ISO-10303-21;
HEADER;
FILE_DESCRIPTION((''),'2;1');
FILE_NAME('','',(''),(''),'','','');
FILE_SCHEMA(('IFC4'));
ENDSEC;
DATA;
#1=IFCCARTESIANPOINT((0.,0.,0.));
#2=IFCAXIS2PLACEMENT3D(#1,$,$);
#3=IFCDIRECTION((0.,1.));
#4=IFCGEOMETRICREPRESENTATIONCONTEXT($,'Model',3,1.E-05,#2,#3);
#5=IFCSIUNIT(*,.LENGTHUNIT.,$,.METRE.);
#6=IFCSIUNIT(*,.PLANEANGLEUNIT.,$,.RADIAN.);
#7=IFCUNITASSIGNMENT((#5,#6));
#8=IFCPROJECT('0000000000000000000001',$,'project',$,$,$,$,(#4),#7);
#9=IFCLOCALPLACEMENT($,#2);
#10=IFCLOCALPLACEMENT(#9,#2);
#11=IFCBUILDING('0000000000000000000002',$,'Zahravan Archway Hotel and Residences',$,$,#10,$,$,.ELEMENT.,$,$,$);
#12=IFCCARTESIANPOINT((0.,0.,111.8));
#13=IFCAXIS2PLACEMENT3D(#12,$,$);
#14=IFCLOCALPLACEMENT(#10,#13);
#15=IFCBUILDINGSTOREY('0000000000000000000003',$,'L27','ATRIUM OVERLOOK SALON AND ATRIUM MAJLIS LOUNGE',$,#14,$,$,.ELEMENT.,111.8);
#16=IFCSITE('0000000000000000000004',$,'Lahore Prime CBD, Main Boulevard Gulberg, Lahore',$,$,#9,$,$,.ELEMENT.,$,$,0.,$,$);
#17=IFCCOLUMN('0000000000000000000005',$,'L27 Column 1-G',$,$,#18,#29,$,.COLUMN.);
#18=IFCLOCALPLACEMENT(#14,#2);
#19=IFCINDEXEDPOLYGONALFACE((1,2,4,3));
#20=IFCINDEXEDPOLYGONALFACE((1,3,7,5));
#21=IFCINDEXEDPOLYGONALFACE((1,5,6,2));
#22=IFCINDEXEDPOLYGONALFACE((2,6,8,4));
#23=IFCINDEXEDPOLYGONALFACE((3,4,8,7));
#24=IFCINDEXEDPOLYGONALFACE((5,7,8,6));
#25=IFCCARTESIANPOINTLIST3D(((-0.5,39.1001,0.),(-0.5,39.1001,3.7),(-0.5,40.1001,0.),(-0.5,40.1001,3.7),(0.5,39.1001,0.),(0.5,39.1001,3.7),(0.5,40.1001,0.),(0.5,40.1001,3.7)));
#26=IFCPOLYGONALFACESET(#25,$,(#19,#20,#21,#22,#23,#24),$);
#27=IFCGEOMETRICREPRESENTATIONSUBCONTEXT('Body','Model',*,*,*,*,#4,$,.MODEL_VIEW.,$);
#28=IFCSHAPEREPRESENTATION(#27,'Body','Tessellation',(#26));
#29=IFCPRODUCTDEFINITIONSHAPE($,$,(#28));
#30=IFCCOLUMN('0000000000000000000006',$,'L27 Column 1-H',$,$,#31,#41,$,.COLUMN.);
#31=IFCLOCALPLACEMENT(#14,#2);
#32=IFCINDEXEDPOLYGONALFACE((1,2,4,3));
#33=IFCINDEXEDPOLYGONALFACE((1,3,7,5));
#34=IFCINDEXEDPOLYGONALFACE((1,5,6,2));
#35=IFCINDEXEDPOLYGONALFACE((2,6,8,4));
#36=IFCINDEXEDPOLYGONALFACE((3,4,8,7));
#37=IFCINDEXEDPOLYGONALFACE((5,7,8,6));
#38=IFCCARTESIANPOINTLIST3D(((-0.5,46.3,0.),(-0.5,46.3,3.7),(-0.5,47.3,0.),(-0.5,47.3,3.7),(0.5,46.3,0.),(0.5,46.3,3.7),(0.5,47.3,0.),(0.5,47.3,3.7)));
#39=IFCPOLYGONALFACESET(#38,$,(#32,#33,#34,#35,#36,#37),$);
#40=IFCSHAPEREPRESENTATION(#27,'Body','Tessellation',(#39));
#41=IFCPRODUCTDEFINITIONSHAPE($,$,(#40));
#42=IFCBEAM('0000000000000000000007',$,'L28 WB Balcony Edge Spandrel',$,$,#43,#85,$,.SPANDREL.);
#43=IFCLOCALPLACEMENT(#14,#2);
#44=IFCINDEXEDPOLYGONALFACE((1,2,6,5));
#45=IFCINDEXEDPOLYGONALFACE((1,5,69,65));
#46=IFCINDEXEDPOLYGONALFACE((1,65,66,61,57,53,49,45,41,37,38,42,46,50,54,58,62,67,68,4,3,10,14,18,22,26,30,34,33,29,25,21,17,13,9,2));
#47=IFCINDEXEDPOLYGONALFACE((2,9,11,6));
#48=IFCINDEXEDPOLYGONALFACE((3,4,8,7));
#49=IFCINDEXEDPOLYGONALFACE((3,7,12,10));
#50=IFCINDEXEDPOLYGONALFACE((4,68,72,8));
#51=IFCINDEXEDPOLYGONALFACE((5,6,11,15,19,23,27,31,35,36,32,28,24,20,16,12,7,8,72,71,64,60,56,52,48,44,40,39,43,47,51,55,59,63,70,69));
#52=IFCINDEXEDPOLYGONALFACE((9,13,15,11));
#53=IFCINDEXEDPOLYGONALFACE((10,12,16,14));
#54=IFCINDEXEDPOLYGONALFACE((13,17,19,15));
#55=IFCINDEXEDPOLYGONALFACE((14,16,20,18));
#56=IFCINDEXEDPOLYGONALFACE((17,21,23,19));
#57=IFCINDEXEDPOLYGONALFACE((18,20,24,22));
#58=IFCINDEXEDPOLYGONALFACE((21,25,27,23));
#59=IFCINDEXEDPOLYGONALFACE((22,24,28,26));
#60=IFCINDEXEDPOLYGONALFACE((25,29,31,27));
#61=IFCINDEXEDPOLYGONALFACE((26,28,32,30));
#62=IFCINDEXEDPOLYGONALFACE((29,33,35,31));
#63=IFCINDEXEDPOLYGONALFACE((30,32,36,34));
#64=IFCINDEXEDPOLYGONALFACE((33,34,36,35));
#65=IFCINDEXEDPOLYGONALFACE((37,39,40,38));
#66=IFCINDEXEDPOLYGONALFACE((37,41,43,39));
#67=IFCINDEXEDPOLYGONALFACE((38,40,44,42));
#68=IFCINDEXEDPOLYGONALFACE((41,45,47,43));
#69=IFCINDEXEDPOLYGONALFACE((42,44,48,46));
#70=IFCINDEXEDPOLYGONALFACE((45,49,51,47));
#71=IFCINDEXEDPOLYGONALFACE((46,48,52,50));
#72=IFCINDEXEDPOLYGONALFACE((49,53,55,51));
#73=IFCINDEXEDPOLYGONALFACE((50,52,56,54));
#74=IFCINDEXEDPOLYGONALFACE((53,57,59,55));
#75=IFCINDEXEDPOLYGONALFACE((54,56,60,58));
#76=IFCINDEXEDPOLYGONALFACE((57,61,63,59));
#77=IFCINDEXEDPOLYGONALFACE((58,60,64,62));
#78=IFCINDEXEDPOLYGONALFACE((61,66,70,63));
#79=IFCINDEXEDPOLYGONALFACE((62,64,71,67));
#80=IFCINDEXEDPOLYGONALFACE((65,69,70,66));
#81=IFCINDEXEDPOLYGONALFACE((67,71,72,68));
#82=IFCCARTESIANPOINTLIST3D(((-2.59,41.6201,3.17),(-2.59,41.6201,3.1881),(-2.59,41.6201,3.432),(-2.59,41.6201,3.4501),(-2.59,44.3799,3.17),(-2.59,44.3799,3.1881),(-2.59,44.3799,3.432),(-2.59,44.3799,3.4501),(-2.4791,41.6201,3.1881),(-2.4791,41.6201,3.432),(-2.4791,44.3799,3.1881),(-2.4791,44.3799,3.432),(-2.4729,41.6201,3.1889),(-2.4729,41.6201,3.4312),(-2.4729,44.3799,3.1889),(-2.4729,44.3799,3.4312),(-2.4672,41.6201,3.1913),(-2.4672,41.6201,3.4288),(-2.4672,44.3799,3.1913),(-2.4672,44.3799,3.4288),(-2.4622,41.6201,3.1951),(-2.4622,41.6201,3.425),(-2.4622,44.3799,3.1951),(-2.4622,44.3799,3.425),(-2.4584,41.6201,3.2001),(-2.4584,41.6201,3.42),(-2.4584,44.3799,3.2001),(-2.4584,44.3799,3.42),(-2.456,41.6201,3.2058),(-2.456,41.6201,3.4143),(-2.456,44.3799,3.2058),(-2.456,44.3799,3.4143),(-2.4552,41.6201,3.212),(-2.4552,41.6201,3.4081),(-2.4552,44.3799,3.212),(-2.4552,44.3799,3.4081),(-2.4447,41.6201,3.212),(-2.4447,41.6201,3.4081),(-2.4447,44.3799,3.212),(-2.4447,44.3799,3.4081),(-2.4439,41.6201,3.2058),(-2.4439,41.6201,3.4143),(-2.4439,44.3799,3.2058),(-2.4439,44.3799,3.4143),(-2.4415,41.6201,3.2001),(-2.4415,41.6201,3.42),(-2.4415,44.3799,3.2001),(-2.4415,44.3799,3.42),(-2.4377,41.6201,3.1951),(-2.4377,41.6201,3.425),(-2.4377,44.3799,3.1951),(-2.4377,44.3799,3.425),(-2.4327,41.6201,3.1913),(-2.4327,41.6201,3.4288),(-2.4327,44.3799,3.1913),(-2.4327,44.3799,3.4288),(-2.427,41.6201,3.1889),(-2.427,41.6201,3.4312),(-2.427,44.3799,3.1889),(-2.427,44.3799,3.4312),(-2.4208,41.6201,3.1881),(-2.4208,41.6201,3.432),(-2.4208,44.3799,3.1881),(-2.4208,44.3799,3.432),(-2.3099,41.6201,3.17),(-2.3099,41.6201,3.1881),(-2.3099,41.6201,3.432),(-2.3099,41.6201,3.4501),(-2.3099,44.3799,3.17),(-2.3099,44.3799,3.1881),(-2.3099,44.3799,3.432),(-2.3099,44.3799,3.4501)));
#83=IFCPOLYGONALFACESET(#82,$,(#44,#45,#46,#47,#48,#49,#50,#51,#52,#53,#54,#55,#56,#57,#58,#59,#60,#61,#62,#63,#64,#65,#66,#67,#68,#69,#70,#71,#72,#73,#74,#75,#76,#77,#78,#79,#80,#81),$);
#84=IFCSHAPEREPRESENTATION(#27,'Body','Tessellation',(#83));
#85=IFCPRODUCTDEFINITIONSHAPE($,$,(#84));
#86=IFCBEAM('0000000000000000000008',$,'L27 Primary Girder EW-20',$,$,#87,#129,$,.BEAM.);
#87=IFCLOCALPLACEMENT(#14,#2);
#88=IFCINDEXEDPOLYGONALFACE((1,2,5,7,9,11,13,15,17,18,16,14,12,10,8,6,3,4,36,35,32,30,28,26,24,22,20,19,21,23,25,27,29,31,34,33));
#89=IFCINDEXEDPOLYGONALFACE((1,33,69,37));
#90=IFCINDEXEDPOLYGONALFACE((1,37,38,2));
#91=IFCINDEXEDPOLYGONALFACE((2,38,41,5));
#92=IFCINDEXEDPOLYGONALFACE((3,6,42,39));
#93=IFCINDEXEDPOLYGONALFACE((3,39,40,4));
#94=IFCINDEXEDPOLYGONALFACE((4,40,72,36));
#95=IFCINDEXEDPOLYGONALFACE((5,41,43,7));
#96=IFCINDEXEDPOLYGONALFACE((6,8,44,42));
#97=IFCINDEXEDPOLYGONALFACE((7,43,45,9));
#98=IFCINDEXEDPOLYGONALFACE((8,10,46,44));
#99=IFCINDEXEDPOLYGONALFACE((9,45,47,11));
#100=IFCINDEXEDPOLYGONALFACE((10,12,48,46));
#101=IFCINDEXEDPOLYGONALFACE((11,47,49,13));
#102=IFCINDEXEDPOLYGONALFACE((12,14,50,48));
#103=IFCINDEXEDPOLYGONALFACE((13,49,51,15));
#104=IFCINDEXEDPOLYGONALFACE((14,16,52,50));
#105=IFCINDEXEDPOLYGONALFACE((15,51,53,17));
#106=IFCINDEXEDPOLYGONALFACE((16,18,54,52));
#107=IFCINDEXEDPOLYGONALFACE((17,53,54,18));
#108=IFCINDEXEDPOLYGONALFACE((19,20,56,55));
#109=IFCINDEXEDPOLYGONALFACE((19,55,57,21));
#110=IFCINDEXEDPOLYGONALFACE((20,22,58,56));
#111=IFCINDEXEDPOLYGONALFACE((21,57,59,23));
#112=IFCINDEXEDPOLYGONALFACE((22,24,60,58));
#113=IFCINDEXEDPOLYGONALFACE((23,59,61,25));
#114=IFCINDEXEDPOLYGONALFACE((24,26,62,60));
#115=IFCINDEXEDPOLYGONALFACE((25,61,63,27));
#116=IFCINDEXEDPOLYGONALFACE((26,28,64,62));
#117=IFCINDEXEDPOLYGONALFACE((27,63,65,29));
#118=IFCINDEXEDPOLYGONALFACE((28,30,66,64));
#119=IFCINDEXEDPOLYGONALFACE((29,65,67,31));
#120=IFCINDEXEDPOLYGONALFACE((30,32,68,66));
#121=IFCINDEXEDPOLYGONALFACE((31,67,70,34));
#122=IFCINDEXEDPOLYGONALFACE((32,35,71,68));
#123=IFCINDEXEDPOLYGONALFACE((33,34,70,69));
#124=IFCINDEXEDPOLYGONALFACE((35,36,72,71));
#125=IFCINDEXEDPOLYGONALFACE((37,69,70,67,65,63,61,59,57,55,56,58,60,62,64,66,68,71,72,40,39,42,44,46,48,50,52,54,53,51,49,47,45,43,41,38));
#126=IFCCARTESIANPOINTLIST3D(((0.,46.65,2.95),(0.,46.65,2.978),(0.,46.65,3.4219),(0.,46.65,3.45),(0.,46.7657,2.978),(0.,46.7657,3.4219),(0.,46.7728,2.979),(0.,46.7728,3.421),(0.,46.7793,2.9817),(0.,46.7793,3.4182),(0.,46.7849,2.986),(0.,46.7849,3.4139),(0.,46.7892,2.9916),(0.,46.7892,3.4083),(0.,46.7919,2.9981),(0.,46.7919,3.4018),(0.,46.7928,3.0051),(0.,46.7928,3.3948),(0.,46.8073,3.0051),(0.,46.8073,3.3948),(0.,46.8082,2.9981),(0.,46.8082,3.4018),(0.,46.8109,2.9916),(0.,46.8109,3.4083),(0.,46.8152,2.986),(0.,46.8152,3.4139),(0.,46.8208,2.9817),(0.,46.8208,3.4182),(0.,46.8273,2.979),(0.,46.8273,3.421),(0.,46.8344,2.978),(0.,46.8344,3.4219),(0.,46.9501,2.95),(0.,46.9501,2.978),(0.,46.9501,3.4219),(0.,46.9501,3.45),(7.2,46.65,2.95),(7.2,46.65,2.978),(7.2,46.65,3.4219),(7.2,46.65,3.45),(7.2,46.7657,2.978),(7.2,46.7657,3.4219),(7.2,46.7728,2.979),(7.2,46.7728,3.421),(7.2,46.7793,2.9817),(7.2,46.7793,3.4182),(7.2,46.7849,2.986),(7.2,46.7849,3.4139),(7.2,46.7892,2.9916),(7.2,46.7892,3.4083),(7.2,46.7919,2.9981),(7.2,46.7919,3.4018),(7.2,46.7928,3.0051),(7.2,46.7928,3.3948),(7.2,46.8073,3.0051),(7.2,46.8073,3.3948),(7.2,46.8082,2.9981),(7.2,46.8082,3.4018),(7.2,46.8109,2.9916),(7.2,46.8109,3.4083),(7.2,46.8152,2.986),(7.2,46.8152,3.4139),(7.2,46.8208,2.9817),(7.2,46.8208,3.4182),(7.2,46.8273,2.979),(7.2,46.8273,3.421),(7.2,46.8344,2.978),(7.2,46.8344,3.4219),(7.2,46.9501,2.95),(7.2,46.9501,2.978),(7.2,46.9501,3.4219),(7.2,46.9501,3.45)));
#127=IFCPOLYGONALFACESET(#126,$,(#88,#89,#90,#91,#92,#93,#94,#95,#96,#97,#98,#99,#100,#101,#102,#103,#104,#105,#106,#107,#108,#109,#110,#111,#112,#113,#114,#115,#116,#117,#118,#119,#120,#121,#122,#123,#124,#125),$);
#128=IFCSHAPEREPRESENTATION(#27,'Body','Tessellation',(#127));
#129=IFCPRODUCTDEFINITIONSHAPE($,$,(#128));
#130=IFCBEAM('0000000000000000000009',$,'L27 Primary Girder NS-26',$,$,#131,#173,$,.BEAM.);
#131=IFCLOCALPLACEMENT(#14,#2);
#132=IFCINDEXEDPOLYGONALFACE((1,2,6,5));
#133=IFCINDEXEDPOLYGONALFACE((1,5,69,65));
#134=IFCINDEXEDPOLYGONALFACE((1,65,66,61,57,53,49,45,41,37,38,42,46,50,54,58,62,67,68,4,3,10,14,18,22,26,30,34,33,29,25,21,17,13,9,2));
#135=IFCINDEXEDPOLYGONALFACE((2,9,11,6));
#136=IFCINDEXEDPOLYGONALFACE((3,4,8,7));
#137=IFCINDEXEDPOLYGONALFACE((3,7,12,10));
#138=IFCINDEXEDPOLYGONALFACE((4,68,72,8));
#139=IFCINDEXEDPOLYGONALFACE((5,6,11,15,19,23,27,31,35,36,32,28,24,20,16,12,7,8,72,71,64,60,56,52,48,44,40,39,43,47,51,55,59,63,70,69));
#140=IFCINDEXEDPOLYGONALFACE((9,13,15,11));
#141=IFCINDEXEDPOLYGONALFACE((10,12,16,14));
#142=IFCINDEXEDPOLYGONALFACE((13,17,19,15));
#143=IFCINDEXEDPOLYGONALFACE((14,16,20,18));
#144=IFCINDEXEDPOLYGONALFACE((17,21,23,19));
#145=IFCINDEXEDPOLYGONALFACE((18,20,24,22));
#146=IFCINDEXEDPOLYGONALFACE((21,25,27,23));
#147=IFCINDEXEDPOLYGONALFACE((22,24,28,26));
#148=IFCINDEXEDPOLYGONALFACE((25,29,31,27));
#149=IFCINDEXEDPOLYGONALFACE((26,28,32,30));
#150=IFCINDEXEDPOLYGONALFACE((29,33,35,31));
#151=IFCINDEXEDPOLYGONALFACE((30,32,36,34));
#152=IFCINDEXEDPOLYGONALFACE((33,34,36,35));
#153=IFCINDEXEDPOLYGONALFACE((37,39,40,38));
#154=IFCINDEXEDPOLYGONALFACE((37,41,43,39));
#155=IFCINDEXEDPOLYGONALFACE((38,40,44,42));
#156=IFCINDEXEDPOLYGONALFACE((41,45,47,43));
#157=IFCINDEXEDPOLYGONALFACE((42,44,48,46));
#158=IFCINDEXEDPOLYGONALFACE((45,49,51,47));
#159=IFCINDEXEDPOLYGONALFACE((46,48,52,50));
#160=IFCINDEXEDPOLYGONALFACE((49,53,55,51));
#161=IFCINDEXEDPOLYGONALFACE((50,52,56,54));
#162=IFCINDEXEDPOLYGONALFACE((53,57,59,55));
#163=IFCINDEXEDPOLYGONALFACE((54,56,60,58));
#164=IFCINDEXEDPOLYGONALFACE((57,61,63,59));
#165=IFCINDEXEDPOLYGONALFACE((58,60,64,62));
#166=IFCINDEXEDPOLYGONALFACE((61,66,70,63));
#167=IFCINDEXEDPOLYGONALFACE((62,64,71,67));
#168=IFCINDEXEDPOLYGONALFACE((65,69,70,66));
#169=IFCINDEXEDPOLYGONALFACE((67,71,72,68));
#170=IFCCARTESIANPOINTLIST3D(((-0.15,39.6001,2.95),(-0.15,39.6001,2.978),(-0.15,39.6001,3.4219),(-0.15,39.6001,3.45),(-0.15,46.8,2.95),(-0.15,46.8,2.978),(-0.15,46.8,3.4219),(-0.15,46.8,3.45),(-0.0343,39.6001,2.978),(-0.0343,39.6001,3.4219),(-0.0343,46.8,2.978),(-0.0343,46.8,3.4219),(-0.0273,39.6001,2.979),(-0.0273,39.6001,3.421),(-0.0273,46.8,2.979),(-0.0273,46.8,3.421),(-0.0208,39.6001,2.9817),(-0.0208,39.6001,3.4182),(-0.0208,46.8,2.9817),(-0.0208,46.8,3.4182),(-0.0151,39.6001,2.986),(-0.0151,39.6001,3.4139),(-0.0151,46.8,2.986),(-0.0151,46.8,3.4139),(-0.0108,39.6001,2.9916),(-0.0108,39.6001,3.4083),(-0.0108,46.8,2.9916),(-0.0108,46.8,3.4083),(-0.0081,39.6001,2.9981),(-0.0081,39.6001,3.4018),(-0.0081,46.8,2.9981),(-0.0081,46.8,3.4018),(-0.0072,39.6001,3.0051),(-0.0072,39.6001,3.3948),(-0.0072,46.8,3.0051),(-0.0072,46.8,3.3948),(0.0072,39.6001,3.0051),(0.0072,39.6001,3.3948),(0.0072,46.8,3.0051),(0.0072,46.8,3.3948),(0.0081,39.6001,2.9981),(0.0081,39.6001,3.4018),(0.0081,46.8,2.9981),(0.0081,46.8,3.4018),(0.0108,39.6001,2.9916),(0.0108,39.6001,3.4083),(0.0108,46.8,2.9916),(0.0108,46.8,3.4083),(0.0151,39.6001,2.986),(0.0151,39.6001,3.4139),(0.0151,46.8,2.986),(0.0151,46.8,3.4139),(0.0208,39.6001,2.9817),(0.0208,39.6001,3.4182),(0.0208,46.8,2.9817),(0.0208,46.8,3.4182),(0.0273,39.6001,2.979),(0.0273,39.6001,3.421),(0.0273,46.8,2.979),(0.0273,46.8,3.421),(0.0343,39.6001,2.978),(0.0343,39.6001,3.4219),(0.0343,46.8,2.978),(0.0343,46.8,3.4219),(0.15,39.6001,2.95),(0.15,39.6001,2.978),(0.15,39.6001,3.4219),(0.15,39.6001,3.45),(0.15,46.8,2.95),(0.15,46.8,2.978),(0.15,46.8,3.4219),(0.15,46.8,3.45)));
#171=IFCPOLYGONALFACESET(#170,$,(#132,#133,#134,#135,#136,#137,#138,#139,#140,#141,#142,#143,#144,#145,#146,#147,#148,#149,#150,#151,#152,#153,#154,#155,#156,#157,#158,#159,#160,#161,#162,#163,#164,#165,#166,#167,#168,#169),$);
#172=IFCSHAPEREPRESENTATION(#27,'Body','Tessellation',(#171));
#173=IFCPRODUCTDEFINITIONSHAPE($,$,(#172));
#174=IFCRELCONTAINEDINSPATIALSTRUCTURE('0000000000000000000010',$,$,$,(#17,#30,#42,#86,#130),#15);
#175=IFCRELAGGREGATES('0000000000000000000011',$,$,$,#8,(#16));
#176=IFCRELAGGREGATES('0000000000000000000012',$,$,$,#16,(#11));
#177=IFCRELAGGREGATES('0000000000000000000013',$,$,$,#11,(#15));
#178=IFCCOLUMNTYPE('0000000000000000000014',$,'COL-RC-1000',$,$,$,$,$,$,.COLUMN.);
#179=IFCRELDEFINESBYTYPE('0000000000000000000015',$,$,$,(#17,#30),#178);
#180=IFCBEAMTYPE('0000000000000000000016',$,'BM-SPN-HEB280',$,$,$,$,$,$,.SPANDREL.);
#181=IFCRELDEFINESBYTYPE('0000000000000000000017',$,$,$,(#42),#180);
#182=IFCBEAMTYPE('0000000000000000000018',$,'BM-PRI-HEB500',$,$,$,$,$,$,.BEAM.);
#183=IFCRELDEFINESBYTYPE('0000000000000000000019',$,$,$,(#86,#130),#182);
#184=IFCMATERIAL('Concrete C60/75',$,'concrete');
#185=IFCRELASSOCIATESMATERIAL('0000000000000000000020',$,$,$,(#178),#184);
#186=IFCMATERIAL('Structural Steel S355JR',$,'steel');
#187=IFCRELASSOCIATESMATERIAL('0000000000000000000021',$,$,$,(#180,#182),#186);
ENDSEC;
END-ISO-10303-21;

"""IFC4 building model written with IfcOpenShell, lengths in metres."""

from ifc_helpers import new_model, si_unit, direction, frame, origin, origin_2d, place, context, subcontext, project, spatial, rectangle, i_section, extrude, source, transform, mapped, material, material_profile, profile_set, type_object, type_shapes, element, save


model = new_model("IFC4")

# Units and contexts
model_context = context("Model", 3, precision=1e-05, world=origin(), true_north=direction((0.0, 1.0)))
body_context = subcontext(model_context, "Body", "Model", "MODEL_VIEW")
ifc_project = project(units=[si_unit("LENGTHUNIT", "METRE"), si_unit("PLANEANGLEUNIT", "RADIAN")], contexts=[model_context])

# Site, building, storey
site_placement = place(None, origin())
site = spatial("IfcSite", under=ifc_project, at=site_placement, Name="Lahore Prime CBD, Main Boulevard Gulberg, Lahore", CompositionType="ELEMENT", RefElevation=0.0)
building_placement = place(site_placement, origin())
building = spatial("IfcBuilding", under=site, at=building_placement, Name="Zahravan Archway Hotel and Residences", CompositionType="ELEMENT")
storey_placement = place(building_placement, frame((0.0, 0.0, 111.8)))
storey = spatial("IfcBuildingStorey", under=building, at=storey_placement, Name="L27", Description="ATRIUM OVERLOOK SALON AND ATRIUM MAJLIS LOUNGE", CompositionType="ELEMENT", Elevation=111.8)

# Columns
ifc_material_1 = material(Name="Concrete C60/75", Category="concrete")
ifc_material_profile_1 = material_profile(ifc_material_1, rectangle(XDim=1.0, YDim=1.0, at=origin_2d()), Name="RC-COL-1000x1000", Category="concrete")
ifc_profile_set_1 = profile_set([ifc_material_profile_1], Name="Concrete C60/75")
column_type = type_object("IfcColumnType", Name="COL-RC-1000", PredefinedType="COLUMN", material=ifc_profile_set_1)
shared_shape_1 = source(origin(), body_context, "Body", "SweptSolid", [
    extrude(rectangle(XDim=1.0, YDim=1.0, at=origin_2d()), origin(), (0.0, 0.0, 1.0), 3.7),
])
type_shapes(column_type, [shared_shape_1])
for number, where, z_axis, x_axis, name in (
    (1, (0.0, 39.6001, 0.0), (0.0, 0.0, 1.0), (1.0, 0.0, 0.0), "L27 Column 1-G"),
    (2, (0.0, 46.8, 0.0), (0.0, 0.0, 1.0), (1.0, 0.0, 0.0), "L27 Column 1-H"),
):
    element("IfcColumn", number, at=place(storey_placement, frame(where, z_axis=z_axis, x_axis=x_axis)), inside=storey, type_object=column_type, Name=name, PredefinedType="COLUMN", context=body_context, shape_type="MappedRepresentation", body=[
        mapped(shared_shape_1, transform((0.0, 0.0, 0.0), scale=1.0)),
    ])

# Beams
ifc_material_2 = material(Name="Structural Steel S355JR", Category="steel")
ifc_material_profile_2 = material_profile(ifc_material_2, i_section(OverallWidth=0.28, OverallDepth=0.28, WebThickness=0.0105, FlangeThickness=0.0181, FilletRadius=0.0239, at=origin_2d()), Name="HEB 280", Category="steel")
ifc_profile_set_2 = profile_set([ifc_material_profile_2], Name="Structural Steel S355JR")
beam_type_1 = type_object("IfcBeamType", Name="BM-SPN-HEB280", PredefinedType="SPANDREL", material=ifc_profile_set_2)
shared_shape_2 = source(origin(), body_context, "Body", "SweptSolid", [
    extrude(i_section(OverallWidth=0.28, OverallDepth=0.28, WebThickness=0.0105, FlangeThickness=0.0181, FilletRadius=0.0239, at=origin_2d()), origin(), (0.0, 0.0, 1.0), 2.7598),
])
beam_placement = place(storey_placement, frame((-2.45, 41.6201, 3.3101), z_axis=(0.0, 1.0, 0.0), x_axis=(-1.0, 0.0, 0.0)))
element("IfcBeam", 3, at=beam_placement, inside=storey, type_object=beam_type_1, Name="L28 WB Balcony Edge Spandrel", PredefinedType="SPANDREL", context=body_context, shape_type="MappedRepresentation", body=[
    mapped(shared_shape_2, transform((0.0, 0.0, 0.0), scale=1.0)),
])
ifc_material_profile_3 = material_profile(ifc_material_2, i_section(OverallWidth=0.3, OverallDepth=0.5, WebThickness=0.0144, FlangeThickness=0.0281, FilletRadius=0.0271, at=origin_2d()), Name="HEB 500", Category="steel")
ifc_profile_set_3 = profile_set([ifc_material_profile_3], Name="Structural Steel S355JR")
beam_type_2 = type_object("IfcBeamType", Name="BM-PRI-HEB500", PredefinedType="BEAM", material=ifc_profile_set_3)
shared_shape_3 = source(origin(), body_context, "Body", "SweptSolid", [
    extrude(i_section(OverallWidth=0.3, OverallDepth=0.5, WebThickness=0.0144, FlangeThickness=0.0281, FilletRadius=0.0271, at=origin_2d()), origin(), (0.0, 0.0, 1.0), 7.2),
])
for number, where, z_axis, x_axis, name in (
    (4, (0.0, 46.8, 3.2), (1.0, 0.0, 0.0), (0.0, 1.0, 0.0), "L27 Primary Girder EW-20"),
    (5, (0.0, 39.6001, 3.2), (0.0, 1.0, 0.0), (-1.0, 0.0, 0.0), "L27 Primary Girder NS-26"),
):
    element("IfcBeam", number, at=place(storey_placement, frame(where, z_axis=z_axis, x_axis=x_axis)), inside=storey, type_object=beam_type_2, Name=name, PredefinedType="BEAM", context=body_context, shape_type="MappedRepresentation", body=[
        mapped(shared_shape_3, transform((0.0, 0.0, 0.0), scale=1.0)),
    ])

save(model, "model.ifc")
